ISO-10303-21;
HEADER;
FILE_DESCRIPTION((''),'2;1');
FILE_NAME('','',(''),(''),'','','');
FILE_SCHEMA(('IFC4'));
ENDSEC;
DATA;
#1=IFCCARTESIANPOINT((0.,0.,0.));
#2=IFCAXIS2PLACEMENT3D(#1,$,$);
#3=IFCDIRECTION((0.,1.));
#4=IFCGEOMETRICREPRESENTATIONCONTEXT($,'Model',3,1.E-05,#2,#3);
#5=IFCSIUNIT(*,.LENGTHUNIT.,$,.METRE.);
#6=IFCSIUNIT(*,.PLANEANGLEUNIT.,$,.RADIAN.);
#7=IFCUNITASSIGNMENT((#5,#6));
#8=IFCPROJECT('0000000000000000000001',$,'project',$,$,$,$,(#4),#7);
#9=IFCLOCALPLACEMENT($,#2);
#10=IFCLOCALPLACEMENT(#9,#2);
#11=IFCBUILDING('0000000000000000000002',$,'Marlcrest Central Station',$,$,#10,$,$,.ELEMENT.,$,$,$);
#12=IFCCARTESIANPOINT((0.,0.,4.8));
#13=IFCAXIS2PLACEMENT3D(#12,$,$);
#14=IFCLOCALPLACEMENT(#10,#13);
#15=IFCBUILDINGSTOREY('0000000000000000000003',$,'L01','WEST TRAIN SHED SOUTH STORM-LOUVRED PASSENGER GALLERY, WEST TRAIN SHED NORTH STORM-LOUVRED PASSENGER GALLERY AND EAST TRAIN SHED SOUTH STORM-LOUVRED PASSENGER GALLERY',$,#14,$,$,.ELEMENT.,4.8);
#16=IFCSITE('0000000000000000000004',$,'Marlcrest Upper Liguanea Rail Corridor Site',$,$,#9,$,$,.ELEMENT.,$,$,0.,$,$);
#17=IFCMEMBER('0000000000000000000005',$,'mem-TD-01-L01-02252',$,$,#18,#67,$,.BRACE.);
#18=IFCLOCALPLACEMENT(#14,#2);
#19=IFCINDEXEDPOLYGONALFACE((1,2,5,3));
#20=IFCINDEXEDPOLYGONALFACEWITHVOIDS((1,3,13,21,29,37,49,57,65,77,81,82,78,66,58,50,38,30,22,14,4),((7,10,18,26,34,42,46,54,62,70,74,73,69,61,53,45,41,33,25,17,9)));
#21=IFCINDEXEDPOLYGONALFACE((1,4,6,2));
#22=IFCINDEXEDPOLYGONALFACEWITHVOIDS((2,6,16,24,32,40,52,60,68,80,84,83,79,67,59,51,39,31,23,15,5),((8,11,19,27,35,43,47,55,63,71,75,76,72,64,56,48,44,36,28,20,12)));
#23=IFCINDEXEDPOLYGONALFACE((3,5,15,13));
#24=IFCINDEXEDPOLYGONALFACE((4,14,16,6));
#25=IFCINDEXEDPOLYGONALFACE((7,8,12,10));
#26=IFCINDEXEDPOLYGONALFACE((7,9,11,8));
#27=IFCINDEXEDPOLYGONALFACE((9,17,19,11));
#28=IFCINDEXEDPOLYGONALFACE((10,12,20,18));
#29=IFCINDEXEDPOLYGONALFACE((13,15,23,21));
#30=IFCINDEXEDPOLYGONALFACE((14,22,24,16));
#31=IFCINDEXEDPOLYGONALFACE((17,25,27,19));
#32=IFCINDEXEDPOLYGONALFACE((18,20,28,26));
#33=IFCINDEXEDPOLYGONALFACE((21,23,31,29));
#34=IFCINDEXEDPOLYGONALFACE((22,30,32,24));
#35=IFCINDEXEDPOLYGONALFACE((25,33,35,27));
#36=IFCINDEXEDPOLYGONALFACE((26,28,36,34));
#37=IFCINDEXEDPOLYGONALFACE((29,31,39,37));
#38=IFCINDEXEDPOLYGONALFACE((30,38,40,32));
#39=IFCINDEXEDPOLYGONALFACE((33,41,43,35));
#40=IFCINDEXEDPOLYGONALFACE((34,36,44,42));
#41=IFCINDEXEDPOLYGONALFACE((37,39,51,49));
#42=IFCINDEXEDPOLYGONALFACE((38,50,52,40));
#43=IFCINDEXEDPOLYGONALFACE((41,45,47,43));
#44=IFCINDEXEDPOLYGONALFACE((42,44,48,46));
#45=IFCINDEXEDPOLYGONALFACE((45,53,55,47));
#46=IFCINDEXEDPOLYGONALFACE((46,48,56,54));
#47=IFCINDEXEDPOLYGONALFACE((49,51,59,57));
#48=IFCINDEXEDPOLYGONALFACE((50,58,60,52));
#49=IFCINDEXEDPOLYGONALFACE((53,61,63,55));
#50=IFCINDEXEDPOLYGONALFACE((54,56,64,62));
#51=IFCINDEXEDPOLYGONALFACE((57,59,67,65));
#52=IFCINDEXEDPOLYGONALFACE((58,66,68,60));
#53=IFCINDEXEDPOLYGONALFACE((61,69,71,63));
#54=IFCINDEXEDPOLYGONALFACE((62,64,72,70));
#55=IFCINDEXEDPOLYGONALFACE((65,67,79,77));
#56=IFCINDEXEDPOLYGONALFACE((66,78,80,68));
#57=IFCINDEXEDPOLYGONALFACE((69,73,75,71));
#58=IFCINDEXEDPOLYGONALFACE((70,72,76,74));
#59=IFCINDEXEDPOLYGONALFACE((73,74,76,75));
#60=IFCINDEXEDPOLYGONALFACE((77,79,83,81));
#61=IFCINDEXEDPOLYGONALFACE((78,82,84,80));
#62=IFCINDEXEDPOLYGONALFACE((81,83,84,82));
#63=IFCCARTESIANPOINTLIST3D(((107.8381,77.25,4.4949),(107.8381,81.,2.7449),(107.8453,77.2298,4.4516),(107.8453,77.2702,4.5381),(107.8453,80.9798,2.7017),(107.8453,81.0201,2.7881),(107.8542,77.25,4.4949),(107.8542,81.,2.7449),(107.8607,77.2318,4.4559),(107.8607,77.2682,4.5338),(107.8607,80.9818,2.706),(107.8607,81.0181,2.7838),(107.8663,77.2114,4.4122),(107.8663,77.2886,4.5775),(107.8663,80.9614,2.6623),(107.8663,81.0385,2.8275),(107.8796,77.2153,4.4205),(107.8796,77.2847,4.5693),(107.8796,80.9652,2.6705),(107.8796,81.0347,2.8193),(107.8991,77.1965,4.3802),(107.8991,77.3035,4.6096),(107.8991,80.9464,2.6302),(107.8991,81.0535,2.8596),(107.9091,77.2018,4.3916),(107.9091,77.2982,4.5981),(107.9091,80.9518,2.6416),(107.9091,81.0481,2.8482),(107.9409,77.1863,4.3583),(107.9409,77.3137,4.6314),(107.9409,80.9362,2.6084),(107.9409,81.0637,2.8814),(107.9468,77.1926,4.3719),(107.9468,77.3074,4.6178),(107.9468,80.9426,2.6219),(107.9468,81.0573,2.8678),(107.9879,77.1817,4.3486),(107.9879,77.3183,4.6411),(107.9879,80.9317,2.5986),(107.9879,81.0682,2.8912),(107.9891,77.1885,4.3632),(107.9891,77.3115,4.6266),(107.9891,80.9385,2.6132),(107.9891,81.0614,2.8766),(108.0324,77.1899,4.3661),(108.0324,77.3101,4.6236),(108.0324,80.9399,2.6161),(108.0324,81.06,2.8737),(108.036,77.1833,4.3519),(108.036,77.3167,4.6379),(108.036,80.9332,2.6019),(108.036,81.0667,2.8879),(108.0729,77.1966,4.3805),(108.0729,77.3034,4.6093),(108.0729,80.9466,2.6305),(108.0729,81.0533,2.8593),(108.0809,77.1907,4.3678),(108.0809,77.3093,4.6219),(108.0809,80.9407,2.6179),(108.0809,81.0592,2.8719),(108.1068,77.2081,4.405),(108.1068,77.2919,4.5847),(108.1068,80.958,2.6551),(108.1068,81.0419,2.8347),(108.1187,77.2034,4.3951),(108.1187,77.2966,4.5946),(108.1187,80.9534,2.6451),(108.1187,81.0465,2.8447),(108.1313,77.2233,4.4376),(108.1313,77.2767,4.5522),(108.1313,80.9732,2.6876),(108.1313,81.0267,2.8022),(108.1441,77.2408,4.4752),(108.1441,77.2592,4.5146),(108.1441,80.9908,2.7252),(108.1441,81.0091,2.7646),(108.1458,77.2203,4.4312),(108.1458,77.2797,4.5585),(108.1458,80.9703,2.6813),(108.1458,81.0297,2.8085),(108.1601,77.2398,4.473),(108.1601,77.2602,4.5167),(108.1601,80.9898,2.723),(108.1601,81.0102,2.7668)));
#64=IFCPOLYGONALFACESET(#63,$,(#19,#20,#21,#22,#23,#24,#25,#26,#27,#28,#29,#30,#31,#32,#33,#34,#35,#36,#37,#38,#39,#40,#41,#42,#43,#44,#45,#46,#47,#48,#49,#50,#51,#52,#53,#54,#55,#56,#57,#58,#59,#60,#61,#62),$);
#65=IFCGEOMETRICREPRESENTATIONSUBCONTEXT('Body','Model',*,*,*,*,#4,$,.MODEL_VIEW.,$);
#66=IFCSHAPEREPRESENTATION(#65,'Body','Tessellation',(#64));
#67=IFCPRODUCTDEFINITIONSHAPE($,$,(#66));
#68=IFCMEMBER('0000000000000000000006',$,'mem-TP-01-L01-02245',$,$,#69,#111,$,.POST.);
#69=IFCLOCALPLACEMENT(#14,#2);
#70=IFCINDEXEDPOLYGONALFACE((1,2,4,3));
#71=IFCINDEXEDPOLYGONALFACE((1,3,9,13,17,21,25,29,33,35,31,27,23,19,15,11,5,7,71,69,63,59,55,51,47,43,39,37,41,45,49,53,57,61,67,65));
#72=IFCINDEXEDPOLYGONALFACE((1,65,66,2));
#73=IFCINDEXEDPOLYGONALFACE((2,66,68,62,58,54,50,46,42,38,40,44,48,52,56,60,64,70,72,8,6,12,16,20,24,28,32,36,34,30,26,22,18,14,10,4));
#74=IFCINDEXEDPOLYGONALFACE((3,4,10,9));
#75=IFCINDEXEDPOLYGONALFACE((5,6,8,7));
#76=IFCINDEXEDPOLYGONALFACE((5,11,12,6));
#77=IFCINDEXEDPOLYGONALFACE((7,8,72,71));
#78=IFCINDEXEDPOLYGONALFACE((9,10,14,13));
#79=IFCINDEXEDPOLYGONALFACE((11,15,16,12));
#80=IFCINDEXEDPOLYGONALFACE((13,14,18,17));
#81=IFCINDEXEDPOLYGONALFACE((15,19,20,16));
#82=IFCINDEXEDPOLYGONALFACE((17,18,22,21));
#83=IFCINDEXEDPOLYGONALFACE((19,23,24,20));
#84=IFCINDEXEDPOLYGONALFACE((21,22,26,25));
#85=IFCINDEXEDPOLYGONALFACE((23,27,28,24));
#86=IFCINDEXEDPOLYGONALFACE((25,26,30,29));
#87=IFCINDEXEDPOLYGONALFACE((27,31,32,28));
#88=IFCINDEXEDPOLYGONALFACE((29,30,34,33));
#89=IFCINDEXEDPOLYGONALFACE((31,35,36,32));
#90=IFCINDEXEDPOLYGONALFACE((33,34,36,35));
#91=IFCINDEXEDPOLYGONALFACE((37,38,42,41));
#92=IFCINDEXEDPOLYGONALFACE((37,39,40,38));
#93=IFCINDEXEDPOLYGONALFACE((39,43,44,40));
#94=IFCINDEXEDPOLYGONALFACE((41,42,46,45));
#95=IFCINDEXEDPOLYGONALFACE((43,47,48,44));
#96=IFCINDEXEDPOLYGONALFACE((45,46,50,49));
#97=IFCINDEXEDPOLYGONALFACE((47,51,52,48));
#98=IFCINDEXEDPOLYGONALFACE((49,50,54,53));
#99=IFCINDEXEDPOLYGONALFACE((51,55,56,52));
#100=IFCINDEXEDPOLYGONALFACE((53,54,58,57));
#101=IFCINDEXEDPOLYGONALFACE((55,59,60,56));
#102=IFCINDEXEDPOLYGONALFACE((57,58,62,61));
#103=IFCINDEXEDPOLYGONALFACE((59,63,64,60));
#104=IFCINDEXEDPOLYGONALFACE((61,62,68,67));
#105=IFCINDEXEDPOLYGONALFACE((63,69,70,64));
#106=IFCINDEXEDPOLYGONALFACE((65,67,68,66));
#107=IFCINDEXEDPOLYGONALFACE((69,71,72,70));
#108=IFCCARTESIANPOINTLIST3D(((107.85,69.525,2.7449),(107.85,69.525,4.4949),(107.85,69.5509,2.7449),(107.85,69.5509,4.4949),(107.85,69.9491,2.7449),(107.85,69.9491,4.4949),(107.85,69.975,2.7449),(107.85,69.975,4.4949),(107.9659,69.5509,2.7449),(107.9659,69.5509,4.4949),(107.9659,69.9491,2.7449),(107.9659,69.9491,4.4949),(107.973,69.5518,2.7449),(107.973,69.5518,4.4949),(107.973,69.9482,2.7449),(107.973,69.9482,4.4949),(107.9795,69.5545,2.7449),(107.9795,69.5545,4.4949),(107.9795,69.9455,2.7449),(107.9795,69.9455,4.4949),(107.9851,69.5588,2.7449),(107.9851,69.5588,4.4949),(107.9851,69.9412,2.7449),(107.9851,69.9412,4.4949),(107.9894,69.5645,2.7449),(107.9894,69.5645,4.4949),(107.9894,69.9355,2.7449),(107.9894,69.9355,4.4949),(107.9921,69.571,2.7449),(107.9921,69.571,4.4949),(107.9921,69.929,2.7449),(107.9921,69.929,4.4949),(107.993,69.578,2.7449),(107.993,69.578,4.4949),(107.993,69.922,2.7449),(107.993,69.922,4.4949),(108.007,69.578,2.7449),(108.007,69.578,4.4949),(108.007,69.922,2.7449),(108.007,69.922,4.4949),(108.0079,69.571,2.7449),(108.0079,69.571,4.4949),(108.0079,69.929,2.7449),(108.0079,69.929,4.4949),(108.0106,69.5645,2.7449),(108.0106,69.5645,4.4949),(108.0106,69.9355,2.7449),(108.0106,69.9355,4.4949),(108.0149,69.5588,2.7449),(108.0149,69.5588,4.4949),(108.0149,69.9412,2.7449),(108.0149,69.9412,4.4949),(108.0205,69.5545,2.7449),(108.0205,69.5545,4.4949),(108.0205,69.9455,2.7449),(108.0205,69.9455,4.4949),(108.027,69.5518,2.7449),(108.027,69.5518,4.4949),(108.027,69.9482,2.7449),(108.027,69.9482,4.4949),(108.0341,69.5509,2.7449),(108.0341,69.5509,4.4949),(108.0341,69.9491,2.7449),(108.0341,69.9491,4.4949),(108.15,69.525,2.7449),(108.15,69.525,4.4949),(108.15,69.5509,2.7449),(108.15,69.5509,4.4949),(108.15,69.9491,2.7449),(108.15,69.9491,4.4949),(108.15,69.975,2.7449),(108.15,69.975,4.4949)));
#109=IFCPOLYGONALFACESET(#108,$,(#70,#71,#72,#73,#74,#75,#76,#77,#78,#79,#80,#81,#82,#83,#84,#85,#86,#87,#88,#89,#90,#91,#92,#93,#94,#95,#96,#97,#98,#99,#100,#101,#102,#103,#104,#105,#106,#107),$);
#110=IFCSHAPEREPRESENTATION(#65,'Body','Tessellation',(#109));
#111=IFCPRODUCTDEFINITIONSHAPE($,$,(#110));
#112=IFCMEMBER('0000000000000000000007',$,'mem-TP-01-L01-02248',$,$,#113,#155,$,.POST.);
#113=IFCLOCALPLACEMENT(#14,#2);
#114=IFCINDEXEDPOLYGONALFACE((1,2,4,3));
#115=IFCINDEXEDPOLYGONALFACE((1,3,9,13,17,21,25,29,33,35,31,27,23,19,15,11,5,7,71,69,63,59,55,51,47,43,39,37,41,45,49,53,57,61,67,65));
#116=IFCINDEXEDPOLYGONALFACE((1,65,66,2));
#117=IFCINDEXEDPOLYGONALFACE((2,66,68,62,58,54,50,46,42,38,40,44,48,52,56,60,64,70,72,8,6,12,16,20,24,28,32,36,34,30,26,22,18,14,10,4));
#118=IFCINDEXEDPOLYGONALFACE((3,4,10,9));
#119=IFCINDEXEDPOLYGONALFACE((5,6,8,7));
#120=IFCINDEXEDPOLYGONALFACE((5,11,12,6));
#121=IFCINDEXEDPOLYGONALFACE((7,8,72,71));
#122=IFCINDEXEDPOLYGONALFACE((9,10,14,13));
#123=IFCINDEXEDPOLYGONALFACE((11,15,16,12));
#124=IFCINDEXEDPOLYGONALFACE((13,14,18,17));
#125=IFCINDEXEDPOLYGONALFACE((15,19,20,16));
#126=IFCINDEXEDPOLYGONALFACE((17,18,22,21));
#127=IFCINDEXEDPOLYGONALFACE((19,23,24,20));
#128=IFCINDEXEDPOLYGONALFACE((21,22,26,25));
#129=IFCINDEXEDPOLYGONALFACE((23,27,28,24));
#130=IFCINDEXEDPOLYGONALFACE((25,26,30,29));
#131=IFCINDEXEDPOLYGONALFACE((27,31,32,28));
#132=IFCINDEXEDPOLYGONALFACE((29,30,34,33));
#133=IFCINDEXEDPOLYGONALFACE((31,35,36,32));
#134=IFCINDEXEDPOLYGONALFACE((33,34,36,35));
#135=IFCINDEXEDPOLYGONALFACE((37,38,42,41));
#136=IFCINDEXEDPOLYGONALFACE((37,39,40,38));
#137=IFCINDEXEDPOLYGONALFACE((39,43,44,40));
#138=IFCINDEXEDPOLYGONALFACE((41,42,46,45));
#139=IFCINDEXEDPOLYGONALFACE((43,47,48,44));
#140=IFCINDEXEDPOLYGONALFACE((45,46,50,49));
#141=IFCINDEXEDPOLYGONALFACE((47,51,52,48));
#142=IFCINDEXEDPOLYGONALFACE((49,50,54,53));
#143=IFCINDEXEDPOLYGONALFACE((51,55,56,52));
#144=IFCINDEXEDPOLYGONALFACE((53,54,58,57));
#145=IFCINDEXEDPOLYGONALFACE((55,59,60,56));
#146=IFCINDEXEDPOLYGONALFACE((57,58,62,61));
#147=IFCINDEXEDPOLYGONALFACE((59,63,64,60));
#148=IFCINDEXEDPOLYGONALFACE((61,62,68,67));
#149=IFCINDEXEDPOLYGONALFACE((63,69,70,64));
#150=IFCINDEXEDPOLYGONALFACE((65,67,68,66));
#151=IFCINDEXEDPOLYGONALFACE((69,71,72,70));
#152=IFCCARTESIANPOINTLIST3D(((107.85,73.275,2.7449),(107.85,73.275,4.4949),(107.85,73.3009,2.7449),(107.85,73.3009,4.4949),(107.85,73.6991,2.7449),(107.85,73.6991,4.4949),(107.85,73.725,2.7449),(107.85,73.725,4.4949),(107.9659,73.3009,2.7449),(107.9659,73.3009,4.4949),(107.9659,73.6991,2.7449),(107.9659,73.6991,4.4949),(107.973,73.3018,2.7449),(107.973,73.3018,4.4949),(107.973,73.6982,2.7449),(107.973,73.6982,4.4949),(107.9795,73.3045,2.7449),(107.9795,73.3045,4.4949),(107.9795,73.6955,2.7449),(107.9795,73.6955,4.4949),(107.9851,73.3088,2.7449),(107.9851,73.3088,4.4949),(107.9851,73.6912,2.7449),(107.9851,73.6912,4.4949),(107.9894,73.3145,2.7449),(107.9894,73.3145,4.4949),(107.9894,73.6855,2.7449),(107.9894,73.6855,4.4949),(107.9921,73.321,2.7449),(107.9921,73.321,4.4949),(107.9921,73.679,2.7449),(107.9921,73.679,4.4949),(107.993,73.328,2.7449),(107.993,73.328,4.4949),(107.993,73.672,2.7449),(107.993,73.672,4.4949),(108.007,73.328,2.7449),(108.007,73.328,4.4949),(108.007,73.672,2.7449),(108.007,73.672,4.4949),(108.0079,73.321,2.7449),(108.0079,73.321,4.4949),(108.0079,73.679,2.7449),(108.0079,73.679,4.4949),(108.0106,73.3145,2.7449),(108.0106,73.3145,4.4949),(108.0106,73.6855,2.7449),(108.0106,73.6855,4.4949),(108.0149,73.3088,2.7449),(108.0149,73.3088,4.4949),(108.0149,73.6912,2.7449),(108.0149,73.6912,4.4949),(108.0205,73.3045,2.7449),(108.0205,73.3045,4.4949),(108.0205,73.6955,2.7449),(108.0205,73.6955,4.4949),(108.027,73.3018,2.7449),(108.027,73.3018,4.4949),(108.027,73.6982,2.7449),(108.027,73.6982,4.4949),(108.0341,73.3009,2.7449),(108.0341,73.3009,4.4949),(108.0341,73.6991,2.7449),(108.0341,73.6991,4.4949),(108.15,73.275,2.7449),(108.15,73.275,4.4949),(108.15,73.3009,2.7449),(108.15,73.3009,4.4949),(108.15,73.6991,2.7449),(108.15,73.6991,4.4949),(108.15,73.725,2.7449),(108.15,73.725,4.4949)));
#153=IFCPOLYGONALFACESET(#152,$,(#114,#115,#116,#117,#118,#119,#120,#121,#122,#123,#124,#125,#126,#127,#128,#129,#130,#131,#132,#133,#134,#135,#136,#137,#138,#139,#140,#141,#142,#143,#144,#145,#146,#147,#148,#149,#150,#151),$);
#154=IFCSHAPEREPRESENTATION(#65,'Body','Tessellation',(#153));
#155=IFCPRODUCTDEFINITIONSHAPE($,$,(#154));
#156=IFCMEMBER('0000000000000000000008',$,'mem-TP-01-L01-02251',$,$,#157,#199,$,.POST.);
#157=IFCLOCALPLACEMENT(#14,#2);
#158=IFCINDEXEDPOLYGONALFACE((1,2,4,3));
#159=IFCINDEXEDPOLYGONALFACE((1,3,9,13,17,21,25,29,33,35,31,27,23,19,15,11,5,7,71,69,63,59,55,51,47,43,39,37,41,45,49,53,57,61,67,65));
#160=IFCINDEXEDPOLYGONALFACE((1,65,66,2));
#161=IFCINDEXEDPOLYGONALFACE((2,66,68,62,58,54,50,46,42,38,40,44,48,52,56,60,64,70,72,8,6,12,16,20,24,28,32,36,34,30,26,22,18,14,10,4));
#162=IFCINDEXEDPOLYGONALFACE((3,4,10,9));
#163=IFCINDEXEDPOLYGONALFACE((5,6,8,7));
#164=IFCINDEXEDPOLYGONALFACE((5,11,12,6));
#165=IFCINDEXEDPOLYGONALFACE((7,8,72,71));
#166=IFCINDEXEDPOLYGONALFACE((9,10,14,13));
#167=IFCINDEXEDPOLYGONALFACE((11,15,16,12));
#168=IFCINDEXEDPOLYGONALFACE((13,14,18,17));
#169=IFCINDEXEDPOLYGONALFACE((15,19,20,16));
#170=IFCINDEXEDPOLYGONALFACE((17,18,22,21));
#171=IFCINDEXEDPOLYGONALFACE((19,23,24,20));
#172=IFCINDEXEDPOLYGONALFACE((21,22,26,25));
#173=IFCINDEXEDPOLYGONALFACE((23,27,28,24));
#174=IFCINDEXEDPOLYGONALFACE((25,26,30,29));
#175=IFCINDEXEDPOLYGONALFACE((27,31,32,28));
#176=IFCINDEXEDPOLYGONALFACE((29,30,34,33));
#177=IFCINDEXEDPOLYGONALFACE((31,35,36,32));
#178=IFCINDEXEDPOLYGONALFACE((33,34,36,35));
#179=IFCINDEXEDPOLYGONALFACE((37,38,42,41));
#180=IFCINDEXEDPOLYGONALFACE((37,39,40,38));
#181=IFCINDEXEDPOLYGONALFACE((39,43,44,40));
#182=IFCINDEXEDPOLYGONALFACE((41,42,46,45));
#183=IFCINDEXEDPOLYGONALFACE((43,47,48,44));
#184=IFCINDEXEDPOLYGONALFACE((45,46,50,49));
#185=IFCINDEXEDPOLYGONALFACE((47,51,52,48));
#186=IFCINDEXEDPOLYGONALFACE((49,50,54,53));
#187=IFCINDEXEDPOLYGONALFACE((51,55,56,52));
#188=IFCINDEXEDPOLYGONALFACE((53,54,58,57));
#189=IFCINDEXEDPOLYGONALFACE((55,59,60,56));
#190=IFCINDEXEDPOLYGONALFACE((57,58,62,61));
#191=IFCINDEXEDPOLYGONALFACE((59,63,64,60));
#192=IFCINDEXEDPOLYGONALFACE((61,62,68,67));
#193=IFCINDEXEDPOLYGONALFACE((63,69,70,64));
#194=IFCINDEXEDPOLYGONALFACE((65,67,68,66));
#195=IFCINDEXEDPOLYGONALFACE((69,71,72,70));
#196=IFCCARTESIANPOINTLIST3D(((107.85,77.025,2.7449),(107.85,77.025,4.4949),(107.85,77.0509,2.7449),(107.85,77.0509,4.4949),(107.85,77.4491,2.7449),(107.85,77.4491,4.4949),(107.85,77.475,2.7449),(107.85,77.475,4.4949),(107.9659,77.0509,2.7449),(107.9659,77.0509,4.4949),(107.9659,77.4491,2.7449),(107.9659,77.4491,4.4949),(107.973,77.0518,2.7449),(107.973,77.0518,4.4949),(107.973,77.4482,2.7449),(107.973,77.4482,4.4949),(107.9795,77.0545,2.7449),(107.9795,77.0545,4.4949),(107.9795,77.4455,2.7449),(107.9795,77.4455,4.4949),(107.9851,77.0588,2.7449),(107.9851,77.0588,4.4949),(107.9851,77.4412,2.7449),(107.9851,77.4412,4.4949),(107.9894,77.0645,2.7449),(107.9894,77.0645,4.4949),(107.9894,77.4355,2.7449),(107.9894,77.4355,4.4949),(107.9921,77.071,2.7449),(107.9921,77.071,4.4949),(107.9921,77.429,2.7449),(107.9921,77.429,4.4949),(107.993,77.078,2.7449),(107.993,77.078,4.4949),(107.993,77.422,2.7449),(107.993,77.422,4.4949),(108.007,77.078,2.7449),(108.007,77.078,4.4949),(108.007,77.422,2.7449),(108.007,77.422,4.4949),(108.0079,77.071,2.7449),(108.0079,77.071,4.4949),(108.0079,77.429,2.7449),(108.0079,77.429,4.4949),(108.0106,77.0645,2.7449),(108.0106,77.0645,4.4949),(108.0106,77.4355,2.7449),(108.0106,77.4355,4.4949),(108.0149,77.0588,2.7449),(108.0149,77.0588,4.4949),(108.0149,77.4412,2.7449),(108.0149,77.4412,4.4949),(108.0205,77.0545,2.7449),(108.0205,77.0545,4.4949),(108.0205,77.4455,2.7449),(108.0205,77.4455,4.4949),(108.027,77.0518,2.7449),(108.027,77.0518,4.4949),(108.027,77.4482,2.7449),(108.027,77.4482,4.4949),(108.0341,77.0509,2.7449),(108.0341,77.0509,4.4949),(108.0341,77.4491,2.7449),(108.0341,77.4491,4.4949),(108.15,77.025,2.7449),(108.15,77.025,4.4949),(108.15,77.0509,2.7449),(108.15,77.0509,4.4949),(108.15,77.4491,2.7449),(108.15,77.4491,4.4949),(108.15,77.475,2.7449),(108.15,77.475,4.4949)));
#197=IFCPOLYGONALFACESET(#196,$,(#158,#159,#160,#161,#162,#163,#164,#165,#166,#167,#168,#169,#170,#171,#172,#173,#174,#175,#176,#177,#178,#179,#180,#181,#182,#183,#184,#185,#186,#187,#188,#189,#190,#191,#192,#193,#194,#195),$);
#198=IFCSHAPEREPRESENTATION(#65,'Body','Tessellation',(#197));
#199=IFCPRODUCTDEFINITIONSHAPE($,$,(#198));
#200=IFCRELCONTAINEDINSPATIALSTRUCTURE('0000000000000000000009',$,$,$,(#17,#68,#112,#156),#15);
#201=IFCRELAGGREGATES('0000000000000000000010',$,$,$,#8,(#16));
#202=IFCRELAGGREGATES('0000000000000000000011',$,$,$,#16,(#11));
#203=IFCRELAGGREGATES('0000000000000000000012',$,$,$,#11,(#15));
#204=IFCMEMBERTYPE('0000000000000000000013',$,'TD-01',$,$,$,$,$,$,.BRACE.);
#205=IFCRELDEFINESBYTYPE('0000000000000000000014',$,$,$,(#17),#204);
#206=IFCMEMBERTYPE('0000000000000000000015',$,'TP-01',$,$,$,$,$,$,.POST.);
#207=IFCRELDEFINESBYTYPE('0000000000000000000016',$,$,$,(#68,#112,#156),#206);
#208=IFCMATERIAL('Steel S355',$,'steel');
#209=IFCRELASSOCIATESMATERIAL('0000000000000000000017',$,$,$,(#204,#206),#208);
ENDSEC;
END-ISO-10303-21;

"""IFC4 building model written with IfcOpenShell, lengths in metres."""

from ifc_helpers import new_model, si_unit, direction, frame, origin, origin_2d, place, context, subcontext, project, spatial, hollow_circle, i_section, extrude, material, material_profile, profile_set, type_object, element, save


model = new_model("IFC4")

# Units and contexts
model_context = context("Model", 3, precision=1e-05, world=origin(), true_north=direction((0.0, 1.0)))
body_context = subcontext(model_context, "Body", "Model", "MODEL_VIEW")
ifc_project = project(units=[si_unit("LENGTHUNIT", "METRE"), si_unit("PLANEANGLEUNIT", "RADIAN")], contexts=[model_context])

# Site, building, storey
site_placement = place(None, origin())
site = spatial("IfcSite", under=ifc_project, at=site_placement, Name="Marlcrest Upper Liguanea Rail Corridor Site", CompositionType="ELEMENT", RefElevation=0.0)
building_placement = place(site_placement, origin())
building = spatial("IfcBuilding", under=site, at=building_placement, Name="Marlcrest Central Station", CompositionType="ELEMENT")
storey_placement = place(building_placement, frame((0.0, 0.0, 4.8)))
storey = spatial("IfcBuildingStorey", under=building, at=storey_placement, Name="L01", Description="WEST TRAIN SHED SOUTH STORM-LOUVRED PASSENGER GALLERY, WEST TRAIN SHED NORTH STORM-LOUVRED PASSENGER GALLERY AND EAST TRAIN SHED SOUTH STORM-LOUVRED PASSENGER GALLERY", CompositionType="ELEMENT", Elevation=4.8)

# Shared definitions
ifc_material = material(Name="Steel S355", Category="steel")

# Members
ifc_material_profile_1 = material_profile(ifc_material, hollow_circle(Radius=0.1619, WallThickness=0.0161, at=origin_2d()), Name="CHS 323.9x16")
ifc_profile_set_1 = profile_set([ifc_material_profile_1], Name="Steel S355")
member_type_1 = type_object("IfcMemberType", Name="TD-01", PredefinedType="BRACE", material=ifc_profile_set_1)
for number, where, z_axis, x_axis, name in (
    (1, (108.0, 77.25, 4.4949), (0.0, 0.906183, -0.422885), (-1.0, 0.0, 0.0), "mem-TD-01-L01-02252"),
):
    element("IfcMember", number, at=place(storey_placement, frame(where, z_axis=z_axis, x_axis=x_axis)), inside=storey, type_object=member_type_1, Name=name, PredefinedType="BRACE", context=body_context, shape_type="SweptSolid", body=[
        extrude(hollow_circle(Radius=0.1619, WallThickness=0.0161, at=origin_2d()), origin(), (0.0, 0.0, 1.0), 4.1382),
    ])
ifc_material_profile_2 = material_profile(ifc_material, i_section(OverallWidth=0.3, OverallDepth=0.45, WebThickness=0.0139, FlangeThickness=0.0259, FilletRadius=0.0271, at=origin_2d()), Name="HEB 450")
ifc_profile_set_2 = profile_set([ifc_material_profile_2], Name="Steel S355")
member_type_2 = type_object("IfcMemberType", Name="TP-01", PredefinedType="POST", material=ifc_profile_set_2)
for number, where, z_axis, x_axis, name in (
    (2, (108.0, 69.75, 2.7449), (0.0, 0.0, 1.0), (1.0, 0.0, 0.0), "mem-TP-01-L01-02245"),
    (3, (108.0, 73.5, 2.7449), (0.0, 0.0, 1.0), (1.0, 0.0, 0.0), "mem-TP-01-L01-02248"),
    (4, (108.0, 77.25, 2.7449), (0.0, 0.0, 1.0), (1.0, 0.0, 0.0), "mem-TP-01-L01-02251"),
):
    element("IfcMember", number, at=place(storey_placement, frame(where, z_axis=z_axis, x_axis=x_axis)), inside=storey, type_object=member_type_2, Name=name, PredefinedType="POST", context=body_context, shape_type="SweptSolid", body=[
        extrude(i_section(OverallWidth=0.3, OverallDepth=0.45, WebThickness=0.0139, FlangeThickness=0.0259, FilletRadius=0.0271, at=origin_2d()), origin(), (0.0, 0.0, 1.0), 1.75),
    ])

save(model, "model.ifc")
